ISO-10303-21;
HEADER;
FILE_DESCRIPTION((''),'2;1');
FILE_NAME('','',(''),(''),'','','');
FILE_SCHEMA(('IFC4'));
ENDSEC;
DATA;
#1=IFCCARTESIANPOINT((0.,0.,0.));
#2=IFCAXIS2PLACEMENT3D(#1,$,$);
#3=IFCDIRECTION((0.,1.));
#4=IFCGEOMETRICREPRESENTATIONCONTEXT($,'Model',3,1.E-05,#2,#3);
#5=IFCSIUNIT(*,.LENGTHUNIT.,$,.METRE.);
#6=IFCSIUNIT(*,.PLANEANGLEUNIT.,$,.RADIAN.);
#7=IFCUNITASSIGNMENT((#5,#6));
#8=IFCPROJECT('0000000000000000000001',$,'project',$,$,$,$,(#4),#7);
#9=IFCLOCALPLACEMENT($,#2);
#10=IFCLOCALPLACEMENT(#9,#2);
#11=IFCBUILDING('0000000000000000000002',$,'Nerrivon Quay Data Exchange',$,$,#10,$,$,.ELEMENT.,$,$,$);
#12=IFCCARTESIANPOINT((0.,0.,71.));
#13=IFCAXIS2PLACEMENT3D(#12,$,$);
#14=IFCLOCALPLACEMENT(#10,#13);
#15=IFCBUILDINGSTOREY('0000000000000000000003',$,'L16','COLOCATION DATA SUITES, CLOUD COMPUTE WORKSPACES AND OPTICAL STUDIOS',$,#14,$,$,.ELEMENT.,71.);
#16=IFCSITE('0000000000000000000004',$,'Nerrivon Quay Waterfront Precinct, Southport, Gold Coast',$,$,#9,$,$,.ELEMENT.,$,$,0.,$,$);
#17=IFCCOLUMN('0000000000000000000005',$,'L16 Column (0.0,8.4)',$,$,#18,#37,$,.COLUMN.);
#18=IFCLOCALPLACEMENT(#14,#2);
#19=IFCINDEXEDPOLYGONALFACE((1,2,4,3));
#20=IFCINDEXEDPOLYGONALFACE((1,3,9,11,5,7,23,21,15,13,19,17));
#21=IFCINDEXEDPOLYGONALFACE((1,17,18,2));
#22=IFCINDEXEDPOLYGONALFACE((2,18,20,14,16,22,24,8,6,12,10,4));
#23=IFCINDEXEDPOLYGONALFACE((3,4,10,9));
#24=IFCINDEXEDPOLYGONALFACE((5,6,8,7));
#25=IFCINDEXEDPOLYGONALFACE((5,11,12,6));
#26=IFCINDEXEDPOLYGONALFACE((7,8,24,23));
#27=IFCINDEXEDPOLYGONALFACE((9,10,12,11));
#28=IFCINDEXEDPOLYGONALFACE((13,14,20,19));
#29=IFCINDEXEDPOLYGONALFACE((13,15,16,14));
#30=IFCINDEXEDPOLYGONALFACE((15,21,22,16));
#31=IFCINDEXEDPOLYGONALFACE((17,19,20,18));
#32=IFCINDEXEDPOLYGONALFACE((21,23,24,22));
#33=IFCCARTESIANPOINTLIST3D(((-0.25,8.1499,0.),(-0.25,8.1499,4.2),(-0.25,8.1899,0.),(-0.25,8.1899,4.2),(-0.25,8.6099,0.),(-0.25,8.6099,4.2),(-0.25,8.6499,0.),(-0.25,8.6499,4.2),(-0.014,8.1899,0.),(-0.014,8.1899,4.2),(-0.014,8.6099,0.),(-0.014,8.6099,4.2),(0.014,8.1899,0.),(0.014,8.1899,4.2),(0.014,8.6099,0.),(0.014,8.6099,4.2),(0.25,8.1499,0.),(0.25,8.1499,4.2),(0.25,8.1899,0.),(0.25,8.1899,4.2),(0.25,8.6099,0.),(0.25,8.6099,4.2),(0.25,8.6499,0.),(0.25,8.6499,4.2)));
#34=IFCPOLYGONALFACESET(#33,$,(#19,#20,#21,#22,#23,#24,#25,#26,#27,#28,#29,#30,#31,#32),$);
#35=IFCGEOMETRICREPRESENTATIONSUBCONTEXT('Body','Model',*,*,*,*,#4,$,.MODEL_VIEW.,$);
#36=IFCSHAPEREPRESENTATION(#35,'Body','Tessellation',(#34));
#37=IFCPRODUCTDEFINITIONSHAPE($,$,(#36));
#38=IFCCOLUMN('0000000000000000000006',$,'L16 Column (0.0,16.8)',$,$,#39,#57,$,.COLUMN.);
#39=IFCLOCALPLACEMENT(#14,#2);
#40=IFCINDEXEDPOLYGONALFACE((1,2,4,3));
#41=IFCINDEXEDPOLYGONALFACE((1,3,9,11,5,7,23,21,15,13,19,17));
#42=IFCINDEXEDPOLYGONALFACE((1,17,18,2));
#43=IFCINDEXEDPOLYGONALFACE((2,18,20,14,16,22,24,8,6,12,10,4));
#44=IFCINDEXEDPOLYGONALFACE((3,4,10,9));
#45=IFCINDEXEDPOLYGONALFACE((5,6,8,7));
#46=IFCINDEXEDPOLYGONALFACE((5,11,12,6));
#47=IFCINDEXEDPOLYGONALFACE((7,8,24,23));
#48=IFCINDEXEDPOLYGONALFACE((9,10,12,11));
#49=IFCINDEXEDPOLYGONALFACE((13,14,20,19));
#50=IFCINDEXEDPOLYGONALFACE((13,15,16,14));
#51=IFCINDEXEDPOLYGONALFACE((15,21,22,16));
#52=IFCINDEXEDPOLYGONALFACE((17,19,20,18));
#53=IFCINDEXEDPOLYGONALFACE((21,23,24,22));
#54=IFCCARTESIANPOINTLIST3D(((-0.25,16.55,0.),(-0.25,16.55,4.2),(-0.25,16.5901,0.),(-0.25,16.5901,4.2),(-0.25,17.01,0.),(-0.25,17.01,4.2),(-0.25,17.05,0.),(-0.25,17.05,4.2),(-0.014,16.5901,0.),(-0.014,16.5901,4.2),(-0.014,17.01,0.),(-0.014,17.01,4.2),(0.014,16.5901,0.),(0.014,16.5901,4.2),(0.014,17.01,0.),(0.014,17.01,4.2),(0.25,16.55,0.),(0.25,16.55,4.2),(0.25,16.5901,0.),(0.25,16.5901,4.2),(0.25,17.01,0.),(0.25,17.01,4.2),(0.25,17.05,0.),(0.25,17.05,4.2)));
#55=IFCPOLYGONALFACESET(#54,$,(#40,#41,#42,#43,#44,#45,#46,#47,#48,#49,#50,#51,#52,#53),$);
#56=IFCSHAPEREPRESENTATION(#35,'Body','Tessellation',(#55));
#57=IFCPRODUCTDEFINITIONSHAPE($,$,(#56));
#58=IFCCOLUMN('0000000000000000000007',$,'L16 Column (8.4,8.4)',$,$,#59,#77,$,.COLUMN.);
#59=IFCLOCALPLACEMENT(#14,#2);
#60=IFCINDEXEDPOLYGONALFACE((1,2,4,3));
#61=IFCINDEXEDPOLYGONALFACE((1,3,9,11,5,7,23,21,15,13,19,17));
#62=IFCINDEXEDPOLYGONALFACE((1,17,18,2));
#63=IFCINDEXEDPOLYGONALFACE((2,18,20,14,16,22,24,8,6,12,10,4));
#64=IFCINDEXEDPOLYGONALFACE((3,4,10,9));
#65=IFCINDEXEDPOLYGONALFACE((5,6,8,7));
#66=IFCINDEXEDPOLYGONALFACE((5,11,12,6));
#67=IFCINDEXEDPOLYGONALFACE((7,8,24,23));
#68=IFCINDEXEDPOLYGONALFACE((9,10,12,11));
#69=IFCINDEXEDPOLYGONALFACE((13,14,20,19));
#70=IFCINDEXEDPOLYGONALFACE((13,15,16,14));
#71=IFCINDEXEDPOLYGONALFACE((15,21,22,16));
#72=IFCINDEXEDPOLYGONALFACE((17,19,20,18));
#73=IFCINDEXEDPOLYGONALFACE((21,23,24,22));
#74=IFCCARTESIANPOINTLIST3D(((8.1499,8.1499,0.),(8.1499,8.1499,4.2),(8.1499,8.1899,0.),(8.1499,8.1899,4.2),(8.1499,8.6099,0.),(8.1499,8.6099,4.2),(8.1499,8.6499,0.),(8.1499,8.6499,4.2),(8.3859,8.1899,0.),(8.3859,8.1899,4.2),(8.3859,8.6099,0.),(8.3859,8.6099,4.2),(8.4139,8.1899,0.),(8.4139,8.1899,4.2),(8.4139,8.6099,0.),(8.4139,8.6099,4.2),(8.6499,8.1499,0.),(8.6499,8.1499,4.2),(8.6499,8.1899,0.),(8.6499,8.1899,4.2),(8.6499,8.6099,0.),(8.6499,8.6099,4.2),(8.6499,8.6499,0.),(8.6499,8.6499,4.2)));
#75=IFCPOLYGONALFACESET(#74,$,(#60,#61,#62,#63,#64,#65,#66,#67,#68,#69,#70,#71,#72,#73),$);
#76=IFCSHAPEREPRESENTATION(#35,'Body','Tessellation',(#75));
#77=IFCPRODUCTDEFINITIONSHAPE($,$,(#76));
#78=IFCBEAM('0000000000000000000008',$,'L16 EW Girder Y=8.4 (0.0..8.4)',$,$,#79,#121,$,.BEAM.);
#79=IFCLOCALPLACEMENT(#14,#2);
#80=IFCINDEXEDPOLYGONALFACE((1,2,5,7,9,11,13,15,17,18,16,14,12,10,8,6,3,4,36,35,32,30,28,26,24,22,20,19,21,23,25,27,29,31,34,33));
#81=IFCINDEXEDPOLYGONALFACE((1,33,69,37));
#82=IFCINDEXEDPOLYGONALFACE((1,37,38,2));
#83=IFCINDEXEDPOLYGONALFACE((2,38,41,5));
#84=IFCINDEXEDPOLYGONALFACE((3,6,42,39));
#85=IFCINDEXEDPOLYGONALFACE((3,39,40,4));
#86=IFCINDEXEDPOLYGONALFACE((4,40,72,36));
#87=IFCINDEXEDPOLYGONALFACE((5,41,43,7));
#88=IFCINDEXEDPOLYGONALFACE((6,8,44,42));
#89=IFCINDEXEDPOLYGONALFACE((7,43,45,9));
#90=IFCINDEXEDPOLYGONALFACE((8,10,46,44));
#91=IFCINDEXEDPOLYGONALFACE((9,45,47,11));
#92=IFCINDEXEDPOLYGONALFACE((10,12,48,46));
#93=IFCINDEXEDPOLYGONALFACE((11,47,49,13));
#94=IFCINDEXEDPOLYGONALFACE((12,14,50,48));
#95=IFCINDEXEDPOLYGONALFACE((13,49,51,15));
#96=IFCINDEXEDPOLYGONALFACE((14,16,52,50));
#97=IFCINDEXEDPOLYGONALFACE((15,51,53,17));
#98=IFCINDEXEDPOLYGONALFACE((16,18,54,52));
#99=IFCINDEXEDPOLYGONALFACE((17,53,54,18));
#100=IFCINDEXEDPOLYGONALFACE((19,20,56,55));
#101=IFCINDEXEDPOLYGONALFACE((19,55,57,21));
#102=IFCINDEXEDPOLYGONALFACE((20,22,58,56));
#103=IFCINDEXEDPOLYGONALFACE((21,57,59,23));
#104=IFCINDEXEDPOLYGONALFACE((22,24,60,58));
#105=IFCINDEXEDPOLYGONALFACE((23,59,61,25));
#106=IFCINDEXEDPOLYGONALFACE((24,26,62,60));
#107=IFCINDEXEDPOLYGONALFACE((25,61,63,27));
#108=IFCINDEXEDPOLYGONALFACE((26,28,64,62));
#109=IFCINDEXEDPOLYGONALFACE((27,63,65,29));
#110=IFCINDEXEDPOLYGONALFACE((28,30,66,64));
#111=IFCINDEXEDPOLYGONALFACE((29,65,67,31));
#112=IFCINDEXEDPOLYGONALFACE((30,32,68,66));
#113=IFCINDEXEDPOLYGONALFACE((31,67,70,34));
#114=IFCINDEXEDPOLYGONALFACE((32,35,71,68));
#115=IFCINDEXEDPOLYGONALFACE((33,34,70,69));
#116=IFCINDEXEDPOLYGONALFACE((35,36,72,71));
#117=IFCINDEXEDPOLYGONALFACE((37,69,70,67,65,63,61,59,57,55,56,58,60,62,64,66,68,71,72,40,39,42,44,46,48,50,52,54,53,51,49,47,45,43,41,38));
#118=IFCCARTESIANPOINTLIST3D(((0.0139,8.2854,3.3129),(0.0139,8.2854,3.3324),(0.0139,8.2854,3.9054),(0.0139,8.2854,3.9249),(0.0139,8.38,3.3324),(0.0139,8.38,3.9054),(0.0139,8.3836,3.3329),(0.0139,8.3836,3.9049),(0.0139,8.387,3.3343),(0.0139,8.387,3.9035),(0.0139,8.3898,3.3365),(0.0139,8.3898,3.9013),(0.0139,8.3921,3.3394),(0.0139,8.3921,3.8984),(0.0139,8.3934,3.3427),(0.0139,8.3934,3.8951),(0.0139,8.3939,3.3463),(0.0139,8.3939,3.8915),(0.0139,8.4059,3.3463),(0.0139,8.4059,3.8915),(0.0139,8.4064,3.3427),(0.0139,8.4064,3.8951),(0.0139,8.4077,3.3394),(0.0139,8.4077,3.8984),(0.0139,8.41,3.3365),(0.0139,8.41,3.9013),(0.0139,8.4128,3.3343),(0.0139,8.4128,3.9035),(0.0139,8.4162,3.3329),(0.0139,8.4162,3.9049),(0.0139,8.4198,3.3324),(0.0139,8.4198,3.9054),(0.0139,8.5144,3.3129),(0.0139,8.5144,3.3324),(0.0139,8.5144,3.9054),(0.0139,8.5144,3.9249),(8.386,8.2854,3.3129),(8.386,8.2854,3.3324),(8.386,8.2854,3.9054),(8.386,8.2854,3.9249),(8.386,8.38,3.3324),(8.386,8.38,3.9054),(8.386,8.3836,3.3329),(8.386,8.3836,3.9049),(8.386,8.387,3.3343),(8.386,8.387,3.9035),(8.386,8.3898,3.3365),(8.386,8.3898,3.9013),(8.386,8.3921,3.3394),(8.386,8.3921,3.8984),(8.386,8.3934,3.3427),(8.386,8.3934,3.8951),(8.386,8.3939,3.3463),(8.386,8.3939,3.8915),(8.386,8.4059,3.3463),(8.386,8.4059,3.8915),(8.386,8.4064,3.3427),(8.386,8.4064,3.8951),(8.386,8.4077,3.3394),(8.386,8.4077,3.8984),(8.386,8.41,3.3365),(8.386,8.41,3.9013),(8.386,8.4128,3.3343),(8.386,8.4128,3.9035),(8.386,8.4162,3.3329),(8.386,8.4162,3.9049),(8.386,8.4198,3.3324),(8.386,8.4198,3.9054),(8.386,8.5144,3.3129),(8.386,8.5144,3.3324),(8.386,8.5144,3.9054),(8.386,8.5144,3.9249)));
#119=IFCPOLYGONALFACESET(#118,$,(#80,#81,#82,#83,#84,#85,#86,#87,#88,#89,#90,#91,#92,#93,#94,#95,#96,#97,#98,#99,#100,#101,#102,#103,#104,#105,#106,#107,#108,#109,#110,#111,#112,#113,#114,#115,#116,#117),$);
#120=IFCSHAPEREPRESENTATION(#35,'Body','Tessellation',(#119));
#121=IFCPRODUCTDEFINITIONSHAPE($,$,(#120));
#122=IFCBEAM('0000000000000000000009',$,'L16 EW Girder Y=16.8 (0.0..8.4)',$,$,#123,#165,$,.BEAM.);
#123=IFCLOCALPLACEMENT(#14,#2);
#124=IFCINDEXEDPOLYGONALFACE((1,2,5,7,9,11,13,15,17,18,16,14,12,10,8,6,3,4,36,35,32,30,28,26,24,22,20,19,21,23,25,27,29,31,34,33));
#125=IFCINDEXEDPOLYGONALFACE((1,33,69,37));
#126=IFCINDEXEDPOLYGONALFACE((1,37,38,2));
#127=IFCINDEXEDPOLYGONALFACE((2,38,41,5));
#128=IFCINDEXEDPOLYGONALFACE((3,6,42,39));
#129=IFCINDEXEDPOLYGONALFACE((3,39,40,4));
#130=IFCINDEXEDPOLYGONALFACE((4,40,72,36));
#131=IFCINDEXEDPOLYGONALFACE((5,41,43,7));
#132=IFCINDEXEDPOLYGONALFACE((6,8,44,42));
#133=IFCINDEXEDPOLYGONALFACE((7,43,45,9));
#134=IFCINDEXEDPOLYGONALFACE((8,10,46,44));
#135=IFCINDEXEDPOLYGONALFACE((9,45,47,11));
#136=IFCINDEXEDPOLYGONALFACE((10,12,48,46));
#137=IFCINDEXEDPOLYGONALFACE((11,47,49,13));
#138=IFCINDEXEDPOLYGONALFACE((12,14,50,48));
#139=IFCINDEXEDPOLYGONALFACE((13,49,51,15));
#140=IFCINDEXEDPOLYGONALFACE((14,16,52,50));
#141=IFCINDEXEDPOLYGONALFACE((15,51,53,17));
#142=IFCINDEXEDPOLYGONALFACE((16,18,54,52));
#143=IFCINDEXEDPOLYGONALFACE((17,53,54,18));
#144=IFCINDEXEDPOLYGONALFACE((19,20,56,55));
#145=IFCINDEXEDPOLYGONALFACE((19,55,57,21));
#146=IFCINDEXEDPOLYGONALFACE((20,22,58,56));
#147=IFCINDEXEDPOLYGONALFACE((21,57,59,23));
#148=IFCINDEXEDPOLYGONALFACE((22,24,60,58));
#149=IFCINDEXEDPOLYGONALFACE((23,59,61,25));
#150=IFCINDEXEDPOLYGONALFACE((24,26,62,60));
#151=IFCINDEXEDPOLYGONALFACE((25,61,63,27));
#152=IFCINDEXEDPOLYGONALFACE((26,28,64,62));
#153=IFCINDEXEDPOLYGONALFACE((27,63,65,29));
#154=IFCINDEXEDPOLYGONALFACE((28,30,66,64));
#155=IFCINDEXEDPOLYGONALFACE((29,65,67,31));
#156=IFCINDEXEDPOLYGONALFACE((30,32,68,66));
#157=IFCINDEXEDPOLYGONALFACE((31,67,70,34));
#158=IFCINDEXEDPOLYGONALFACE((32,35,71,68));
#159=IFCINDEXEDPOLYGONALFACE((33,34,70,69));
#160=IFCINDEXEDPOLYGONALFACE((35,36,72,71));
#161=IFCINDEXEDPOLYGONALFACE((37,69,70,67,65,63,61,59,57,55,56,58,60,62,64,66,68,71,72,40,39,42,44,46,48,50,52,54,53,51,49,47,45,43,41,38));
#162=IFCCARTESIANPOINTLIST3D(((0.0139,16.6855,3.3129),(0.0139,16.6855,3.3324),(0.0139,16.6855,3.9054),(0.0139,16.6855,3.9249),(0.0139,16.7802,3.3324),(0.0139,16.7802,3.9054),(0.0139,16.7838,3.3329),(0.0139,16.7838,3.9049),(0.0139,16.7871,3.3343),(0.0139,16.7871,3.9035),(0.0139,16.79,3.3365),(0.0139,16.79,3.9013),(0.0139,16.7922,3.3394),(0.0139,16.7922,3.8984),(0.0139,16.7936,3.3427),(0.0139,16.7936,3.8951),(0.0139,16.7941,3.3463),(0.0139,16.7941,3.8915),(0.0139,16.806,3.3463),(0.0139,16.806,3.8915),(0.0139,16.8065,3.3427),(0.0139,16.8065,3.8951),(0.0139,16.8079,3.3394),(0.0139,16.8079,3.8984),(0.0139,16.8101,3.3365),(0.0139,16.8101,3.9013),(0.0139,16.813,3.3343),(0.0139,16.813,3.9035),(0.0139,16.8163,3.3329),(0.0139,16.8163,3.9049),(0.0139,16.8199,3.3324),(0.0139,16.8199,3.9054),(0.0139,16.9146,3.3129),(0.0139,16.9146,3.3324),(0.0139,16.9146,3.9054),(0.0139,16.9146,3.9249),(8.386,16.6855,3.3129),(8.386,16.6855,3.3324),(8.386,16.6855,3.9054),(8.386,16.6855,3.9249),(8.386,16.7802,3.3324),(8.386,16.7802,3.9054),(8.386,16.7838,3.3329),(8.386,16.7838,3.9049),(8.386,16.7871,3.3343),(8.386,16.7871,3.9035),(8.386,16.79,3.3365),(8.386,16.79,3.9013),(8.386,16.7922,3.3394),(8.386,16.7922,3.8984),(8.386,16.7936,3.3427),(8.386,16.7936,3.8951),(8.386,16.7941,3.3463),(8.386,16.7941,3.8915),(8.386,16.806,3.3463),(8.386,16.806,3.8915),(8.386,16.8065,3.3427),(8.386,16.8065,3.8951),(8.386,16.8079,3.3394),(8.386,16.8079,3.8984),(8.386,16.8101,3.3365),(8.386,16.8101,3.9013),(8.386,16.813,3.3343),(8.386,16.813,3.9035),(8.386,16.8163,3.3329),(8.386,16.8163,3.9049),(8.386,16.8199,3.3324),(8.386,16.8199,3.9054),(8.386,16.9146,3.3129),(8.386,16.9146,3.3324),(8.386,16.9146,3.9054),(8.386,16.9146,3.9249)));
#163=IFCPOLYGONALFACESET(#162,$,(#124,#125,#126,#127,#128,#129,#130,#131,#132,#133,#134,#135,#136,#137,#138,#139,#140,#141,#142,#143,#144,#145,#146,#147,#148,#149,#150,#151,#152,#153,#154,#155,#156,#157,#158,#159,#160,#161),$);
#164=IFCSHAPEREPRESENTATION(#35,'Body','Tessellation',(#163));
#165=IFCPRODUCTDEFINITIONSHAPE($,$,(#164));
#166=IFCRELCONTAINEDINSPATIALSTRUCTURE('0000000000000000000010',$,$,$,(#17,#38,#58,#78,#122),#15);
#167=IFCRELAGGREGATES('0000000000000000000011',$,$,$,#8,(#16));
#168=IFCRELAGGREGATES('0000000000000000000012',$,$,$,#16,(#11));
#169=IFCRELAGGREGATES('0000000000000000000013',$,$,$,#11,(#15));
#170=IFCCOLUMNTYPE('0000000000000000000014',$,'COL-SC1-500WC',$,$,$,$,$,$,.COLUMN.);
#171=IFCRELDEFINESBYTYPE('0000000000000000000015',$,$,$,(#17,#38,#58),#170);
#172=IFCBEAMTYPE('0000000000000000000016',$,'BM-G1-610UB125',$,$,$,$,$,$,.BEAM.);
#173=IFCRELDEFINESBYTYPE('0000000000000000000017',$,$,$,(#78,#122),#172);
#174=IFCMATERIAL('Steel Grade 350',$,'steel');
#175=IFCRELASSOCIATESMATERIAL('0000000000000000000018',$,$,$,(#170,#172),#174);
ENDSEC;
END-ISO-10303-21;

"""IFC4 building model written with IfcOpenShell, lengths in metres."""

from ifc_helpers import new_model, si_unit, direction, frame, origin, origin_2d, place, context, subcontext, project, spatial, i_section, extrude, material, material_profile, profile_set, type_object, element, save


model = new_model("IFC4")

# Units and contexts
model_context = context("Model", 3, precision=1e-05, world=origin(), true_north=direction((0.0, 1.0)))
body_context = subcontext(model_context, "Body", "Model", "MODEL_VIEW")
ifc_project = project(units=[si_unit("LENGTHUNIT", "METRE"), si_unit("PLANEANGLEUNIT", "RADIAN")], contexts=[model_context])

# Site, building, storey
site_placement = place(None, origin())
site = spatial("IfcSite", under=ifc_project, at=site_placement, Name="Nerrivon Quay Waterfront Precinct, Southport, Gold Coast", CompositionType="ELEMENT", RefElevation=0.0)
building_placement = place(site_placement, origin())
building = spatial("IfcBuilding", under=site, at=building_placement, Name="Nerrivon Quay Data Exchange", CompositionType="ELEMENT")
storey_placement = place(building_placement, frame((0.0, 0.0, 71.0)))
storey = spatial("IfcBuildingStorey", under=building, at=storey_placement, Name="L16", Description="COLOCATION DATA SUITES, CLOUD COMPUTE WORKSPACES AND OPTICAL STUDIOS", CompositionType="ELEMENT", Elevation=71.0)

# Columns
ifc_material_1 = material(Name="Steel Grade 350", Category="steel")
ifc_material_profile_1 = material_profile(ifc_material_1, i_section(OverallWidth=0.5, OverallDepth=0.5, WebThickness=0.0281, FlangeThickness=0.04, at=origin_2d()), Name="500WC440")
ifc_profile_set_1 = profile_set([ifc_material_profile_1], Name="Steel Grade 350")
column_type = type_object("IfcColumnType", Name="COL-SC1-500WC", PredefinedType="COLUMN", material=ifc_profile_set_1)
for number, where, z_axis, x_axis, name in (
    (1, (0.0, 8.3999, 0.0), (0.0, 0.0, 1.0), (1.0, 0.0, 0.0), "L16 Column (0.0,8.4)"),
    (2, (0.0, 16.8, 0.0), (0.0, 0.0, 1.0), (1.0, 0.0, 0.0), "L16 Column (0.0,16.8)"),
    (3, (8.3999, 8.3999, 0.0), (0.0, 0.0, 1.0), (1.0, 0.0, 0.0), "L16 Column (8.4,8.4)"),
):
    element("IfcColumn", number, at=place(storey_placement, frame(where, z_axis=z_axis, x_axis=x_axis)), inside=storey, type_object=column_type, Name=name, PredefinedType="COLUMN", context=body_context, shape_type="SweptSolid", body=[
        extrude(i_section(OverallWidth=0.5, OverallDepth=0.5, WebThickness=0.0281, FlangeThickness=0.04, at=origin_2d()), origin(), (0.0, 0.0, 1.0), 4.2),
    ])

# Beams
ifc_material_profile_2 = material_profile(ifc_material_1, i_section(OverallWidth=0.229, OverallDepth=0.6121, WebThickness=0.012, FlangeThickness=0.0195, FilletRadius=0.0139, at=origin_2d()), Name="610UB125")
ifc_profile_set_2 = profile_set([ifc_material_profile_2], Name="Steel Grade 350")
beam_type_1 = type_object("IfcBeamType", Name="BM-G1-610UB125", PredefinedType="BEAM", material=ifc_profile_set_2)
for number, where, z_axis, x_axis, name in (
    (4, (0.0139, 8.3999, 3.6189), (1.0, 0.0, 0.0), (0.0, 1.0, 0.0), "L16 EW Girder Y=8.4 (0.0..8.4)"),
    (5, (0.0139, 16.8, 3.6189), (1.0, 0.0, 0.0), (0.0, 1.0, 0.0), "L16 EW Girder Y=16.8 (0.0..8.4)"),
):
    element("IfcBeam", number, at=place(storey_placement, frame(where, z_axis=z_axis, x_axis=x_axis)), inside=storey, type_object=beam_type_1, Name=name, PredefinedType="BEAM", context=body_context, shape_type="SweptSolid", body=[
        extrude(i_section(OverallWidth=0.229, OverallDepth=0.6121, WebThickness=0.012, FlangeThickness=0.0195, FilletRadius=0.0139, at=origin_2d()), origin(), (0.0, 0.0, 1.0), 8.3721),
    ])

save(model, "model.ifc")
